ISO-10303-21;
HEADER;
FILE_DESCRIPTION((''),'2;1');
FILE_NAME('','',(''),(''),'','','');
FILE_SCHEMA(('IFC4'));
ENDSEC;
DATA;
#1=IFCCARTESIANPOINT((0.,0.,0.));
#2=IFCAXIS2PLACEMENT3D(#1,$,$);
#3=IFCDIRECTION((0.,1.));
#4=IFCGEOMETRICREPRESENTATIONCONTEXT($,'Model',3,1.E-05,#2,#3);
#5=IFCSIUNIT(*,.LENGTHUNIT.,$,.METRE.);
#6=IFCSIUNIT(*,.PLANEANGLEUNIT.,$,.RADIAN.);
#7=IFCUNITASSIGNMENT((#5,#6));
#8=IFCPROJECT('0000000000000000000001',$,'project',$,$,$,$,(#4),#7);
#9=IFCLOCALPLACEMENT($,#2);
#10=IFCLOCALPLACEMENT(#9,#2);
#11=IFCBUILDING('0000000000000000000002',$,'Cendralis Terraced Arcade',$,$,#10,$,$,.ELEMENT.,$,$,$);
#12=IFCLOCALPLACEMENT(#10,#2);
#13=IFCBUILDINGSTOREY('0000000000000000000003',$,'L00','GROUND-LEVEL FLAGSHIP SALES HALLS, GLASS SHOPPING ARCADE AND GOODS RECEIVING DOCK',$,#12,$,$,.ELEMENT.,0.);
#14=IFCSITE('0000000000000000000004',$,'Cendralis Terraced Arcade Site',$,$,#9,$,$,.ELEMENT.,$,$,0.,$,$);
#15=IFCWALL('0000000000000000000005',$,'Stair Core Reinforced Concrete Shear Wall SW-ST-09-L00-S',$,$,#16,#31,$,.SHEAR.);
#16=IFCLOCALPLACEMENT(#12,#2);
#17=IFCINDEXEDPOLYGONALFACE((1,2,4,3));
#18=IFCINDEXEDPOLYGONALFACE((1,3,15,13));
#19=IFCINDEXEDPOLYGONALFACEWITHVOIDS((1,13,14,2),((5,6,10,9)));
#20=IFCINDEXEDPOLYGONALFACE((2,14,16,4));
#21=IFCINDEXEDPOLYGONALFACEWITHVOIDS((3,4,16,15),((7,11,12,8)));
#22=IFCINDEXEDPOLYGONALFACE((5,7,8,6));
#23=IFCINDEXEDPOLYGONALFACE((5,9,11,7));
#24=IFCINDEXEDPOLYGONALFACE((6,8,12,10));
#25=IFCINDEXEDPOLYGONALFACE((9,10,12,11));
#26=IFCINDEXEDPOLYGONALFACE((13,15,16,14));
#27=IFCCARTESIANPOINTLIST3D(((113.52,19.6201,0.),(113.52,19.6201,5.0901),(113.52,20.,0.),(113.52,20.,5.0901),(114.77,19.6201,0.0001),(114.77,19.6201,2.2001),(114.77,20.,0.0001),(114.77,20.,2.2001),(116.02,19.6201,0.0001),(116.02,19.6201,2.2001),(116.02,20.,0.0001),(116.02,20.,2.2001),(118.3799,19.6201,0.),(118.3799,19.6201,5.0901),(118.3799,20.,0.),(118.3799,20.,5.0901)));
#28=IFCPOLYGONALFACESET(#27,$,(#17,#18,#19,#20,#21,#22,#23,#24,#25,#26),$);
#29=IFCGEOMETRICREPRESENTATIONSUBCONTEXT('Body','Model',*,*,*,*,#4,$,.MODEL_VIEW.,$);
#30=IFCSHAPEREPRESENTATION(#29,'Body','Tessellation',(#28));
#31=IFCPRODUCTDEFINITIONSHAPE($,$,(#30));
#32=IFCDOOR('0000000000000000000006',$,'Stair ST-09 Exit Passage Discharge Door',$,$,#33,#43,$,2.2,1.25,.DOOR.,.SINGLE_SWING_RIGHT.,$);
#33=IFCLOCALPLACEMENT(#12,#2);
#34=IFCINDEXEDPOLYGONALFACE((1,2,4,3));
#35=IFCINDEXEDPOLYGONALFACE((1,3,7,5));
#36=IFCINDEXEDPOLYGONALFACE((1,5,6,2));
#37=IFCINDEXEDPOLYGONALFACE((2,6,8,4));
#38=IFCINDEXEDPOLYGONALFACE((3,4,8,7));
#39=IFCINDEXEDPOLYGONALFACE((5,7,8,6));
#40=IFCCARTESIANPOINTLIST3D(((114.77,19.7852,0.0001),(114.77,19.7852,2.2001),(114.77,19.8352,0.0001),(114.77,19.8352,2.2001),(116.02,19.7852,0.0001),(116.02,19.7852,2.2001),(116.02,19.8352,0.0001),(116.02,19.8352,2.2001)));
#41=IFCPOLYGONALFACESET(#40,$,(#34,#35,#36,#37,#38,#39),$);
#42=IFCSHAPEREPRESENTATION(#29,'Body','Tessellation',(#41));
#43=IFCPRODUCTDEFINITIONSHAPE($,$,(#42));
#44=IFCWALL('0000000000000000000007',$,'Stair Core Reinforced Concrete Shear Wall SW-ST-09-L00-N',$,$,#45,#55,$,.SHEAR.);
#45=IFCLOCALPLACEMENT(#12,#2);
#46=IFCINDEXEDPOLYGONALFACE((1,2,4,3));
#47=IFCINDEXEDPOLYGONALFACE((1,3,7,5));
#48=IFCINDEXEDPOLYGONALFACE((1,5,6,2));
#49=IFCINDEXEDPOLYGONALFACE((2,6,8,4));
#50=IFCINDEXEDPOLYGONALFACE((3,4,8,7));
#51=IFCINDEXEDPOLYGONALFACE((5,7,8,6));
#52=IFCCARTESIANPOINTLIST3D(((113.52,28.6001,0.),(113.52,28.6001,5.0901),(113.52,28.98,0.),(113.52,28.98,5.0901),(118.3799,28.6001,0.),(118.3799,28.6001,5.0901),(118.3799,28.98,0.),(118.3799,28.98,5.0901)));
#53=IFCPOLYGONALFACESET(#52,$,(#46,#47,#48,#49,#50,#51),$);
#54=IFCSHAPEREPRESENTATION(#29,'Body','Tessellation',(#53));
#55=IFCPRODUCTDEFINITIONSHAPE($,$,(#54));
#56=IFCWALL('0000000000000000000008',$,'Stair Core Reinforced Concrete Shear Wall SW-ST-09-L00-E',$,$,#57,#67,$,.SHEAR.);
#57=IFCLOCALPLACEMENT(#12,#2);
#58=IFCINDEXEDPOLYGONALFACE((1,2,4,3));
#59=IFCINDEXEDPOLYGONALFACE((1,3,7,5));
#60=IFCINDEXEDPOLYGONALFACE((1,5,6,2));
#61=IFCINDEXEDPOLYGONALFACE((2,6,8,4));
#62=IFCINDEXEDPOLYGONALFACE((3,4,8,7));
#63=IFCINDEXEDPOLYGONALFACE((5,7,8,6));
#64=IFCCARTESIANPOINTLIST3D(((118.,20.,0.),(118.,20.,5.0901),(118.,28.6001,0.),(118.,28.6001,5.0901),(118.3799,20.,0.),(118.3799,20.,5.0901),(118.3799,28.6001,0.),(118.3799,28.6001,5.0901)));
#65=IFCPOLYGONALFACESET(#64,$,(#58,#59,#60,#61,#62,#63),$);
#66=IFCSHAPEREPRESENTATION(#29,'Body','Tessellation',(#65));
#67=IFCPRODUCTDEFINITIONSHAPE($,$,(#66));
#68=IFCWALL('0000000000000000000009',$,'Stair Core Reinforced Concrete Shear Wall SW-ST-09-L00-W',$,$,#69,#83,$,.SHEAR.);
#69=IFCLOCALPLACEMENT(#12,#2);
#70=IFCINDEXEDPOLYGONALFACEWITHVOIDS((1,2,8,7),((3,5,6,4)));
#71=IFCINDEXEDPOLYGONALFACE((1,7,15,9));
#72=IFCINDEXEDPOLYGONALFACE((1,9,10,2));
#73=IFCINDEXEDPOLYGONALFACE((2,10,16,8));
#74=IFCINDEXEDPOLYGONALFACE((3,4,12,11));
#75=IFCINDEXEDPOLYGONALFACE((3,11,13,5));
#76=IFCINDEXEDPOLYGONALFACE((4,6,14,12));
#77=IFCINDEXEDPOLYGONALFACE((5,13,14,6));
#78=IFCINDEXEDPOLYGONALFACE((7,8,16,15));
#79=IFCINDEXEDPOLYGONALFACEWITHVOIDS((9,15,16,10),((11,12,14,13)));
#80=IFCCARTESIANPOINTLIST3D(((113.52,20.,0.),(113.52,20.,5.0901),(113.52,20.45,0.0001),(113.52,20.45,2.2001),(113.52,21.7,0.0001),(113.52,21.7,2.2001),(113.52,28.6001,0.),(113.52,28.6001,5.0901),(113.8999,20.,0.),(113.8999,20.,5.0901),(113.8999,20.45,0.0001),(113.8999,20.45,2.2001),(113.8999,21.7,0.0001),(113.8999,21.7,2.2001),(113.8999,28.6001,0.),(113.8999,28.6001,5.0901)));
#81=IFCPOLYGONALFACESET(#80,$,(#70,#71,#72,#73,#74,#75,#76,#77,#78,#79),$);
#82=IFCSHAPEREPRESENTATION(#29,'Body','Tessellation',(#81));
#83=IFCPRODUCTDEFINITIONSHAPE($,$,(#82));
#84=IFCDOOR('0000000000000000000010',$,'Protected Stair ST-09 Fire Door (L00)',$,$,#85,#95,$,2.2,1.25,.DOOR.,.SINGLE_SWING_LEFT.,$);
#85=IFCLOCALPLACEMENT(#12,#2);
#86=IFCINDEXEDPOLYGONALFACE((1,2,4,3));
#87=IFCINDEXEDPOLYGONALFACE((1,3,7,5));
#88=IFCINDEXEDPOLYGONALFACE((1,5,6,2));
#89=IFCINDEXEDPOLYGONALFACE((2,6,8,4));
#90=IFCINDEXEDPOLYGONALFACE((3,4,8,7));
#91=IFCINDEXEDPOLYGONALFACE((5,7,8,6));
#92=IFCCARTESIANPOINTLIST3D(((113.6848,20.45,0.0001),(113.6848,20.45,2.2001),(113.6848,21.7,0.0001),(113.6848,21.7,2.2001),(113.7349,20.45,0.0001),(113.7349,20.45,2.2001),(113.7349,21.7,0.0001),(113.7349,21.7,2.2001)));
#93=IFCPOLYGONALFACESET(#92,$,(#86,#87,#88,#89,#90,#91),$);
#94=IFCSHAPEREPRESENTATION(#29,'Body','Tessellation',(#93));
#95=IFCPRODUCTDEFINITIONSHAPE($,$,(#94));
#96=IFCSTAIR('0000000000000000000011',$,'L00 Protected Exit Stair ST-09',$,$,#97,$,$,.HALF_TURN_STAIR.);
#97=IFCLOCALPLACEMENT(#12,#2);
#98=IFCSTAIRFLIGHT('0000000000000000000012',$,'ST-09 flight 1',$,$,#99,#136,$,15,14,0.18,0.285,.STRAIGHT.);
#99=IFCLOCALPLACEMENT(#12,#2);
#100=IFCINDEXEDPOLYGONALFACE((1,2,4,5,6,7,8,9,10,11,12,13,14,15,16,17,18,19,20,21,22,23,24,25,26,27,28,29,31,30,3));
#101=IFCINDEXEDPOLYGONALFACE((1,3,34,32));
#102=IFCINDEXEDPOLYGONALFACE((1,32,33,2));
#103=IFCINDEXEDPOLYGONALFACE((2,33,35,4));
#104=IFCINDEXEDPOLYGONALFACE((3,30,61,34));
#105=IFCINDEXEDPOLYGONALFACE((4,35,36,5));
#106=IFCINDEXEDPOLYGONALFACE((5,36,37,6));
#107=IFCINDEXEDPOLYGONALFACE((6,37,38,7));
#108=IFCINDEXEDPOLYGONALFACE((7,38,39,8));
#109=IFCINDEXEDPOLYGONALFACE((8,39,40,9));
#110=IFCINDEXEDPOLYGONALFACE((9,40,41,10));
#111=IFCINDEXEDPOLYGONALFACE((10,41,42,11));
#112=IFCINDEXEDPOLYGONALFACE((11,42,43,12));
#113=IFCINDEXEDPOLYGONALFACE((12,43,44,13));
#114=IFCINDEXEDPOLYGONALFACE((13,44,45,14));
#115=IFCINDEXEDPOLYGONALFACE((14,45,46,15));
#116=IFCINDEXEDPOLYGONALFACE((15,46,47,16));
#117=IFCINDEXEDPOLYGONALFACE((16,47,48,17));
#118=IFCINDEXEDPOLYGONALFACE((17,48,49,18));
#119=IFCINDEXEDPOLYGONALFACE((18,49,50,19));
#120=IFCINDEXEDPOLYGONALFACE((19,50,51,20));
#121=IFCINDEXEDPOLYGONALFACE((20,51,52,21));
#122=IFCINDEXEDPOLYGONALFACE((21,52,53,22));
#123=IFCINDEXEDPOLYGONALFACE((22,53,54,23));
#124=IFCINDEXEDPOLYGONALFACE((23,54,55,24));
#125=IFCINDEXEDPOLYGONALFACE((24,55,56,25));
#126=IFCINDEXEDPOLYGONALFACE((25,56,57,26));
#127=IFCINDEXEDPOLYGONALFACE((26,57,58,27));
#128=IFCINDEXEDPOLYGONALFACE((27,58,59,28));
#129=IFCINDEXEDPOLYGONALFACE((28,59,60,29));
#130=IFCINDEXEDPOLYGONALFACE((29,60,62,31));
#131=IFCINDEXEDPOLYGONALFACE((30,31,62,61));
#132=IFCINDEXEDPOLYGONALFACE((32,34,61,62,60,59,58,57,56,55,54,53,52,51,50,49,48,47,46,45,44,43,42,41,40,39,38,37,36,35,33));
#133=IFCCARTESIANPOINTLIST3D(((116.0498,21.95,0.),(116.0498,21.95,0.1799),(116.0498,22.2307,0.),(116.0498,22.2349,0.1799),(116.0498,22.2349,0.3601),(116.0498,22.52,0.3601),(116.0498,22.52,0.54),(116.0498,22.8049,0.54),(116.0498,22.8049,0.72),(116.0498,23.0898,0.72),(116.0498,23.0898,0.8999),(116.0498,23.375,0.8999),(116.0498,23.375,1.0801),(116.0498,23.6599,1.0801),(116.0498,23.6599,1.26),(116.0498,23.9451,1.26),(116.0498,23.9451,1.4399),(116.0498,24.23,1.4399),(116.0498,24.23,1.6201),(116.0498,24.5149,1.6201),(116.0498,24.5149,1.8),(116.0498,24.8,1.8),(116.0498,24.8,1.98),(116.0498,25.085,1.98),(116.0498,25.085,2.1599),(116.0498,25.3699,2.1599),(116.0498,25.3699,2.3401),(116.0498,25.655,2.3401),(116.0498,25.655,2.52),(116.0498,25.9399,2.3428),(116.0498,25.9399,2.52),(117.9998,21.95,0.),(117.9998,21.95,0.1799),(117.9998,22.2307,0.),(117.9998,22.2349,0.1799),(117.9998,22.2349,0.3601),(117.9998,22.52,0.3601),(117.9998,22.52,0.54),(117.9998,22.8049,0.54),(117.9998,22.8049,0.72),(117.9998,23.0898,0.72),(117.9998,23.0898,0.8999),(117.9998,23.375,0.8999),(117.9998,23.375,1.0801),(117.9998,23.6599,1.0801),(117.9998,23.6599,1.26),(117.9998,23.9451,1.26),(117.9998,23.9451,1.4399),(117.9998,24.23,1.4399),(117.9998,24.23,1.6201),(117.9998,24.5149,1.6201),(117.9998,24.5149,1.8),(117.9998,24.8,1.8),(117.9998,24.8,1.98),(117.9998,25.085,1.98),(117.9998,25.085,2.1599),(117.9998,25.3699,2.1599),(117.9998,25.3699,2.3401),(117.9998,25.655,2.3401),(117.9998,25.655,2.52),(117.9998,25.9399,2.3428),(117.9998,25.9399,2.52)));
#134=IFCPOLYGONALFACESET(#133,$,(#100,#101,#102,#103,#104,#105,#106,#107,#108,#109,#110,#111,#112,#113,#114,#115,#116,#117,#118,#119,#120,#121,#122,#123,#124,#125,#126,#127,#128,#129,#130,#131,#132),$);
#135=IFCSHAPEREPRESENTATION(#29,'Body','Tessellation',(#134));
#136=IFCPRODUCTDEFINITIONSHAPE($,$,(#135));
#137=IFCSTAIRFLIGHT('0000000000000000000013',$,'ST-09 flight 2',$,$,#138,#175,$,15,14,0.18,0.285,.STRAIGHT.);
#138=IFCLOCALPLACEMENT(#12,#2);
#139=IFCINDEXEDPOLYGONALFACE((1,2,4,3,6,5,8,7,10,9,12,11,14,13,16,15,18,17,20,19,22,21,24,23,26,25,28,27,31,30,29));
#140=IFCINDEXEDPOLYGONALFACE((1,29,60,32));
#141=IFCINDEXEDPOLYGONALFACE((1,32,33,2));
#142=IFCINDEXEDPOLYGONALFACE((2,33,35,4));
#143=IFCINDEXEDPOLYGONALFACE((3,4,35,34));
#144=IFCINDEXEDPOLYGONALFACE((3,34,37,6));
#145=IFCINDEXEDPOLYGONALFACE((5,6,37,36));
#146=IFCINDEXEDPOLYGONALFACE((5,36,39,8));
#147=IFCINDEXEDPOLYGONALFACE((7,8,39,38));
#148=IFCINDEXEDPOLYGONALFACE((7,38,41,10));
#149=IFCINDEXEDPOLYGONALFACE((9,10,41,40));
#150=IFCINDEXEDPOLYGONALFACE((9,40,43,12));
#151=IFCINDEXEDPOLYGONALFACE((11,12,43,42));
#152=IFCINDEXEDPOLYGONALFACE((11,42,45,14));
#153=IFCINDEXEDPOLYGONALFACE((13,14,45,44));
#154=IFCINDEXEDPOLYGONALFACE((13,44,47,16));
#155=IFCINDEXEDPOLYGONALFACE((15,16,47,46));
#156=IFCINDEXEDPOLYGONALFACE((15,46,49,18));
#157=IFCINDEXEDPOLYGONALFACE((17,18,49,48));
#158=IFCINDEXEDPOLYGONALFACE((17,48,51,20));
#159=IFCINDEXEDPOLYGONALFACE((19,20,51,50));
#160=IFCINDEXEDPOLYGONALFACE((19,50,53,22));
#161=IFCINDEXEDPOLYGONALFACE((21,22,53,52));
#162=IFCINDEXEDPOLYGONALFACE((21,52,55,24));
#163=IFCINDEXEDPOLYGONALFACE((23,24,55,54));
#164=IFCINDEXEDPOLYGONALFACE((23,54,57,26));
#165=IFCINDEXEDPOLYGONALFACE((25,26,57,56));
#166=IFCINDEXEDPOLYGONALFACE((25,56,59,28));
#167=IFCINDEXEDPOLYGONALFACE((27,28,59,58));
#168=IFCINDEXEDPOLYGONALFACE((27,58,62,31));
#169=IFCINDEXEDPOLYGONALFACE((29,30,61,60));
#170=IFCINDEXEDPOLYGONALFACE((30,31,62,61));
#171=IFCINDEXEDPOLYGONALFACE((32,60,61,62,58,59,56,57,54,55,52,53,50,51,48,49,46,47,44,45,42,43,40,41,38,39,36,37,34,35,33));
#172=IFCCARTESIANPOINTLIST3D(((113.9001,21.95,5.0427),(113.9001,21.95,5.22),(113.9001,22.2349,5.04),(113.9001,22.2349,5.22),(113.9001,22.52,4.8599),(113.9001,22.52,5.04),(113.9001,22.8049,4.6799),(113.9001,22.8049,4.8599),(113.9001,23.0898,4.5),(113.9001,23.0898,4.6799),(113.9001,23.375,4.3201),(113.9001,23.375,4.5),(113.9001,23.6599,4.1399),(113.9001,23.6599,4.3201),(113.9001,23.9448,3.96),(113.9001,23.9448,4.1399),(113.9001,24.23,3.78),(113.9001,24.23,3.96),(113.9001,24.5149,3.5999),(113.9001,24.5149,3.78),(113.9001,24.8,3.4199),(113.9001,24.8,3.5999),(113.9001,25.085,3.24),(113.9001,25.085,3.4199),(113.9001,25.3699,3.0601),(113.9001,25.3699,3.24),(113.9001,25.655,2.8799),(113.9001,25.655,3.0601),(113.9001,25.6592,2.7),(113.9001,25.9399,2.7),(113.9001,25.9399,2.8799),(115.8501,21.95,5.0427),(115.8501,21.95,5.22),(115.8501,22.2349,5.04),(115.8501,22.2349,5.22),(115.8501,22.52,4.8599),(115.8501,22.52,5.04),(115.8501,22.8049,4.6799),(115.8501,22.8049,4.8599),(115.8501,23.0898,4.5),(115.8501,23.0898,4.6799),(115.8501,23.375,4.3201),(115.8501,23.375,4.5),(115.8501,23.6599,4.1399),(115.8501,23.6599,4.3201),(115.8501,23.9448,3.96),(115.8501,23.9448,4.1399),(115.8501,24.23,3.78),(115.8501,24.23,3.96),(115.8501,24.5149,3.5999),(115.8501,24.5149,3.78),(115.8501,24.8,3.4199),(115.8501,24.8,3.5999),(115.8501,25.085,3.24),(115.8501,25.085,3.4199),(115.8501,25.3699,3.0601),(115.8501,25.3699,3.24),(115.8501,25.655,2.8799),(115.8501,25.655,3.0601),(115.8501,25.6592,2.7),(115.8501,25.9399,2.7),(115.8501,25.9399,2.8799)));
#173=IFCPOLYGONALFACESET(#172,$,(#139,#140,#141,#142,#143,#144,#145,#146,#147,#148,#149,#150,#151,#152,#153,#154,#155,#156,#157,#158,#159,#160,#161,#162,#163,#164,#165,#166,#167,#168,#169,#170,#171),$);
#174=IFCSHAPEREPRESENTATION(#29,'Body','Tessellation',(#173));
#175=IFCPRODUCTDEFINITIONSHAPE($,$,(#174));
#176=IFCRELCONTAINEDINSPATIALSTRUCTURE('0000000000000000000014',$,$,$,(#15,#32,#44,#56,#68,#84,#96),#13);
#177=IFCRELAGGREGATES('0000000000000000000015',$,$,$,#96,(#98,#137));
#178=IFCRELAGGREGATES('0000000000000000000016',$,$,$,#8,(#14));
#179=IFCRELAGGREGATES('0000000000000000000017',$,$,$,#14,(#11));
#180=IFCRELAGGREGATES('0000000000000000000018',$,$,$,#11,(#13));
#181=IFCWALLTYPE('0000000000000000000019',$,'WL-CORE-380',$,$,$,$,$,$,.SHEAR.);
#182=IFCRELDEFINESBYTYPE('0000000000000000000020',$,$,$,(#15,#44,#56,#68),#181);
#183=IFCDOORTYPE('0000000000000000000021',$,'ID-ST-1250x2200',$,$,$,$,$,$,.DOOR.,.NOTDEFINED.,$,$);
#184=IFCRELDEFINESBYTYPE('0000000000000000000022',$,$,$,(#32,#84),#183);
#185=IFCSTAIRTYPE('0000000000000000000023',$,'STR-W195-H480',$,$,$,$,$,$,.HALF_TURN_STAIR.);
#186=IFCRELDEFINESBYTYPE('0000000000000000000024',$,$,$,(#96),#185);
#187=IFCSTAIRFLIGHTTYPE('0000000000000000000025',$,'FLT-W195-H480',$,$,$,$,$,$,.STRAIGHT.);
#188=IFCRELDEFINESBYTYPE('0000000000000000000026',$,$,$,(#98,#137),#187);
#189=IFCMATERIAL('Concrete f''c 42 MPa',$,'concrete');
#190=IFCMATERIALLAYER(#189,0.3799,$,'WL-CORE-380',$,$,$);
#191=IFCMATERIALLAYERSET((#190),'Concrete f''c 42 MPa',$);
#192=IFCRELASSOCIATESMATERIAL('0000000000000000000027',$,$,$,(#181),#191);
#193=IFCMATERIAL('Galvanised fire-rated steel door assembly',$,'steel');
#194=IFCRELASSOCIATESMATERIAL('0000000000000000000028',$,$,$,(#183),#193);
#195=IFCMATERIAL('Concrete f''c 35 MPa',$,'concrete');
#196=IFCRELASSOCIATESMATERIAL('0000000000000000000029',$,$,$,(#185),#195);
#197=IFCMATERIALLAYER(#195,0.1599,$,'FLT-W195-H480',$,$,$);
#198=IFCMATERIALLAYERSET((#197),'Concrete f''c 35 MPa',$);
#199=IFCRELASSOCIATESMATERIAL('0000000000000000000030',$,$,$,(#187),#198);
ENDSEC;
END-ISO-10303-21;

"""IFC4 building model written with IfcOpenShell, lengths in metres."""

from ifc_helpers import new_model, si_unit, direction, frame, frame_2d, origin, place, context, subcontext, project, spatial, polyline, rectangle, outline, extrude, material, layer, layer_set, type_object, element, fill, aggregate, save


model = new_model("IFC4")

# Units and contexts
model_context = context("Model", 3, precision=1e-05, world=origin(), true_north=direction((0.0, 1.0)))
body_context = subcontext(model_context, "Body", "Model", "MODEL_VIEW")
ifc_project = project(units=[si_unit("LENGTHUNIT", "METRE"), si_unit("PLANEANGLEUNIT", "RADIAN")], contexts=[model_context])

# Site, building, storey
site_placement = place(None, origin())
site = spatial("IfcSite", under=ifc_project, at=site_placement, Name="Cendralis Terraced Arcade Site", CompositionType="ELEMENT", RefElevation=0.0)
building_placement = place(site_placement, origin())
building = spatial("IfcBuilding", under=site, at=building_placement, Name="Cendralis Terraced Arcade", CompositionType="ELEMENT")
storey_placement = place(building_placement, origin())
storey = spatial("IfcBuildingStorey", under=building, at=storey_placement, Name="L00", Description="GROUND-LEVEL FLAGSHIP SALES HALLS, GLASS SHOPPING ARCADE AND GOODS RECEIVING DOCK", CompositionType="ELEMENT", Elevation=0.0)

# Shared definitions
ifc_material_1 = material(Name="Concrete f'c 35 MPa", Category="concrete")

# Shared definitions
ifc_material_2 = material(Name="Concrete f'c 42 MPa", Category="concrete")

# Wall, opening, door
ifc_layer_1 = layer(ifc_material_2, 0.3799, Name="WL-CORE-380")
ifc_layer_set_1 = layer_set([ifc_layer_1], Name="Concrete f'c 42 MPa")
wall_type_1 = type_object("IfcWallType", Name="WL-CORE-380", PredefinedType="SHEAR", material=ifc_layer_set_1)
wall_1_placement = place(storey_placement, frame((113.52, 19.8101, 0.0), z_axis=(0.0, 0.0, 1.0), x_axis=(1.0, 0.0, 0.0)))
wall_1 = element("IfcWall", 1, at=wall_1_placement, inside=storey, type_object=wall_type_1, Name="Stair Core Reinforced Concrete Shear Wall SW-ST-09-L00-S", PredefinedType="SHEAR", context=body_context, shape_type="SweptSolid", body=[
    extrude(rectangle(XDim=4.8599, YDim=0.3799, at=frame_2d((2.4299, 0.0))), origin(), (0.0, 0.0, 1.0), 5.0901),
])
opening_1_placement = place(wall_1_placement, frame((1.25, 0.0, 0.0)))
opening_1 = element("IfcOpeningElement", 2, at=opening_1_placement, cuts=wall_1, PredefinedType="OPENING", context=body_context, shape_type="SweptSolid", body=[
    extrude(rectangle(XDim=1.25, YDim=2.2, at=frame_2d((0.625, 1.1001))), frame((0.0, 0.2019, 0.0), z_axis=(0.0, -1.0, 0.0), x_axis=(1.0, 0.0, 0.0)), (0.0, 0.0, 1.0), 0.4038),
])
ifc_material_3 = material(Name="Galvanised fire-rated steel door assembly", Category="steel")
door_type_1 = type_object("IfcDoorType", Name="ID-ST-1250x2200", OperationType="NOTDEFINED", PredefinedType="DOOR", material=ifc_material_3)
door_1_placement = place(opening_1_placement, frame((1.25, 0.0, 0.0), z_axis=(0.0, 0.0, 1.0), x_axis=(-1.0, 0.0, 0.0)))
door_1 = element("IfcDoor", 3, at=door_1_placement, inside=storey, type_object=door_type_1, Name="Stair ST-09 Exit Passage Discharge Door", OperationType="SINGLE_SWING_RIGHT", OverallHeight=2.2, OverallWidth=1.25, PredefinedType="DOOR", context=body_context, shape_type="SweptSolid", body=[
    extrude(rectangle(XDim=1.25, YDim=2.2, at=frame_2d((0.625, 1.1001))), frame((0.0, 0.0249, 0.0), z_axis=(0.0, -1.0, 0.0), x_axis=(1.0, 0.0, 0.0)), (0.0, 0.0, 1.0), 0.05),
])
fill(opening_1, door_1)

# Walls
wall_2_placement = place(storey_placement, frame((113.52, 28.79, 0.0), z_axis=(0.0, 0.0, 1.0), x_axis=(1.0, 0.0, 0.0)))
element("IfcWall", 4, at=wall_2_placement, inside=storey, type_object=wall_type_1, Name="Stair Core Reinforced Concrete Shear Wall SW-ST-09-L00-N", PredefinedType="SHEAR", context=body_context, shape_type="SweptSolid", body=[
    extrude(rectangle(XDim=4.8599, YDim=0.3799, at=frame_2d((2.4299, 0.0))), origin(), (0.0, 0.0, 1.0), 5.0901),
])
wall_3_placement = place(storey_placement, frame((118.1899, 20.0, 0.0), z_axis=(0.0, 0.0, 1.0), x_axis=(0.0, 1.0, 0.0)))
element("IfcWall", 5, at=wall_3_placement, inside=storey, type_object=wall_type_1, Name="Stair Core Reinforced Concrete Shear Wall SW-ST-09-L00-E", PredefinedType="SHEAR", context=body_context, shape_type="SweptSolid", body=[
    extrude(rectangle(XDim=8.6001, YDim=0.3799, at=frame_2d((4.3, 0.0))), origin(), (0.0, 0.0, 1.0), 5.0901),
])

# Wall, opening, door
wall_4_placement = place(storey_placement, frame((113.71, 20.0, 0.0), z_axis=(0.0, 0.0, 1.0), x_axis=(0.0, 1.0, 0.0)))
wall_4 = element("IfcWall", 6, at=wall_4_placement, inside=storey, type_object=wall_type_1, Name="Stair Core Reinforced Concrete Shear Wall SW-ST-09-L00-W", PredefinedType="SHEAR", context=body_context, shape_type="SweptSolid", body=[
    extrude(rectangle(XDim=8.6001, YDim=0.3799, at=frame_2d((4.3, 0.0))), origin(), (0.0, 0.0, 1.0), 5.0901),
])
opening_2_placement = place(wall_4_placement, frame((0.45, 0.0, 0.0)))
opening_2 = element("IfcOpeningElement", 7, at=opening_2_placement, cuts=wall_4, PredefinedType="OPENING", context=body_context, shape_type="SweptSolid", body=[
    extrude(rectangle(XDim=1.25, YDim=2.2, at=frame_2d((0.625, 1.1001))), frame((0.0, 0.2019, 0.0), z_axis=(0.0, -1.0, 0.0), x_axis=(1.0, 0.0, 0.0)), (0.0, 0.0, 1.0), 0.4038),
])
door_2_placement = place(opening_2_placement, frame((1.25, 0.0, 0.0), z_axis=(0.0, 0.0, 1.0), x_axis=(-1.0, 0.0, 0.0)))
door_2 = element("IfcDoor", 8, at=door_2_placement, inside=storey, type_object=door_type_1, Name="Protected Stair ST-09 Fire Door (L00)", OperationType="SINGLE_SWING_LEFT", OverallHeight=2.2, OverallWidth=1.25, PredefinedType="DOOR", context=body_context, shape_type="SweptSolid", body=[
    extrude(rectangle(XDim=1.25, YDim=2.2, at=frame_2d((0.625, 1.1001))), frame((0.0, 0.0249, 0.0), z_axis=(0.0, -1.0, 0.0), x_axis=(1.0, 0.0, 0.0)), (0.0, 0.0, 1.0), 0.05),
])
fill(opening_2, door_2)

# Stair, stair flights
stair_type = type_object("IfcStairType", Name="STR-W195-H480", PredefinedType="HALF_TURN_STAIR", material=ifc_material_1)
stair_placement = place(storey_placement, origin())
stair = element("IfcStair", 9, at=stair_placement, inside=storey, type_object=stair_type, Name="L00 Protected Exit Stair ST-09", PredefinedType="HALF_TURN_STAIR")
ifc_layer_2 = layer(ifc_material_1, 0.1599, Name="FLT-W195-H480")
ifc_layer_set_2 = layer_set([ifc_layer_2], Name="Concrete f'c 35 MPa")
stair_flight_type = type_object("IfcStairFlightType", Name="FLT-W195-H480", PredefinedType="STRAIGHT", material=ifc_layer_set_2)
stair_flight_1_placement = place(storey_placement, frame((117.0249, 21.95, 0.0), z_axis=(0.0, 0.0, 1.0), x_axis=(0.0, 1.0, 0.0)))
stair_flight_1 = element("IfcStairFlight", 10, at=stair_flight_1_placement, type_object=stair_flight_type, Name="ST-09 flight 1", NumberOfRisers=15, NumberOfTreads=14, PredefinedType="STRAIGHT", RiserHeight=0.18, TreadLength=0.285, context=body_context, shape_type="SweptSolid", body=[
    extrude(outline(polyline([(0.0, 0.0), (0.0, 0.1799), (0.2849, 0.1799), (0.2849, 0.3601), (0.5701, 0.3601), (0.5701, 0.54), (0.855, 0.54), (0.855, 0.72), (1.1399, 0.72), (1.1399, 0.8999), (1.425, 0.8999), (1.425, 1.0801), (1.71, 1.0801), (1.71, 1.26), (1.9951, 1.26), (1.9951, 1.4399), (2.28, 1.4399), (2.28, 1.6201), (2.5649, 1.6201), (2.5649, 1.8), (2.8501, 1.8), (2.8501, 1.98), (3.135, 1.98), (3.135, 2.1599), (3.4199, 2.1599), (3.4199, 2.3401), (3.7051, 2.3401), (3.7051, 2.52), (3.99, 2.52), (3.99, 2.7), (3.99, 2.3428), (0.2808, 0.0), (0.0, 0.0)])), frame((0.0, 0.9751, 0.0), z_axis=(0.0, -1.0, 0.0), x_axis=(1.0, 0.0, 0.0)), (0.0, 0.0, 1.0), 1.95),
])
stair_flight_2_placement = place(storey_placement, frame((114.875, 25.9399, 2.7), z_axis=(0.0, 0.0, 1.0), x_axis=(0.0, -1.0, 0.0)))
stair_flight_2 = element("IfcStairFlight", 11, at=stair_flight_2_placement, type_object=stair_flight_type, Name="ST-09 flight 2", NumberOfRisers=15, NumberOfTreads=14, PredefinedType="STRAIGHT", RiserHeight=0.18, TreadLength=0.285, context=body_context, shape_type="SweptSolid", body=[
    extrude(outline(polyline([(0.0, 0.0), (0.0, 0.1799), (0.2849, 0.1799), (0.2849, 0.3601), (0.5701, 0.3601), (0.5701, 0.54), (0.855, 0.54), (0.855, 0.72), (1.1399, 0.72), (1.1399, 0.8999), (1.425, 0.8999), (1.425, 1.0801), (1.71, 1.0801), (1.71, 1.26), (1.9951, 1.26), (1.9951, 1.4399), (2.28, 1.4399), (2.28, 1.6201), (2.5649, 1.6201), (2.5649, 1.8), (2.8501, 1.8), (2.8501, 1.98), (3.135, 1.98), (3.135, 2.1599), (3.4199, 2.1599), (3.4199, 2.3401), (3.7051, 2.3401), (3.7051, 2.52), (3.99, 2.52), (3.99, 2.7), (3.99, 2.3428), (0.2808, 0.0), (0.0, 0.0)])), frame((0.0, 0.9751, 0.0), z_axis=(0.0, -1.0, 0.0), x_axis=(1.0, 0.0, 0.0)), (0.0, 0.0, 1.0), 1.95),
])
aggregate(stair, [stair_flight_1, stair_flight_2])

save(model, "model.ifc")
